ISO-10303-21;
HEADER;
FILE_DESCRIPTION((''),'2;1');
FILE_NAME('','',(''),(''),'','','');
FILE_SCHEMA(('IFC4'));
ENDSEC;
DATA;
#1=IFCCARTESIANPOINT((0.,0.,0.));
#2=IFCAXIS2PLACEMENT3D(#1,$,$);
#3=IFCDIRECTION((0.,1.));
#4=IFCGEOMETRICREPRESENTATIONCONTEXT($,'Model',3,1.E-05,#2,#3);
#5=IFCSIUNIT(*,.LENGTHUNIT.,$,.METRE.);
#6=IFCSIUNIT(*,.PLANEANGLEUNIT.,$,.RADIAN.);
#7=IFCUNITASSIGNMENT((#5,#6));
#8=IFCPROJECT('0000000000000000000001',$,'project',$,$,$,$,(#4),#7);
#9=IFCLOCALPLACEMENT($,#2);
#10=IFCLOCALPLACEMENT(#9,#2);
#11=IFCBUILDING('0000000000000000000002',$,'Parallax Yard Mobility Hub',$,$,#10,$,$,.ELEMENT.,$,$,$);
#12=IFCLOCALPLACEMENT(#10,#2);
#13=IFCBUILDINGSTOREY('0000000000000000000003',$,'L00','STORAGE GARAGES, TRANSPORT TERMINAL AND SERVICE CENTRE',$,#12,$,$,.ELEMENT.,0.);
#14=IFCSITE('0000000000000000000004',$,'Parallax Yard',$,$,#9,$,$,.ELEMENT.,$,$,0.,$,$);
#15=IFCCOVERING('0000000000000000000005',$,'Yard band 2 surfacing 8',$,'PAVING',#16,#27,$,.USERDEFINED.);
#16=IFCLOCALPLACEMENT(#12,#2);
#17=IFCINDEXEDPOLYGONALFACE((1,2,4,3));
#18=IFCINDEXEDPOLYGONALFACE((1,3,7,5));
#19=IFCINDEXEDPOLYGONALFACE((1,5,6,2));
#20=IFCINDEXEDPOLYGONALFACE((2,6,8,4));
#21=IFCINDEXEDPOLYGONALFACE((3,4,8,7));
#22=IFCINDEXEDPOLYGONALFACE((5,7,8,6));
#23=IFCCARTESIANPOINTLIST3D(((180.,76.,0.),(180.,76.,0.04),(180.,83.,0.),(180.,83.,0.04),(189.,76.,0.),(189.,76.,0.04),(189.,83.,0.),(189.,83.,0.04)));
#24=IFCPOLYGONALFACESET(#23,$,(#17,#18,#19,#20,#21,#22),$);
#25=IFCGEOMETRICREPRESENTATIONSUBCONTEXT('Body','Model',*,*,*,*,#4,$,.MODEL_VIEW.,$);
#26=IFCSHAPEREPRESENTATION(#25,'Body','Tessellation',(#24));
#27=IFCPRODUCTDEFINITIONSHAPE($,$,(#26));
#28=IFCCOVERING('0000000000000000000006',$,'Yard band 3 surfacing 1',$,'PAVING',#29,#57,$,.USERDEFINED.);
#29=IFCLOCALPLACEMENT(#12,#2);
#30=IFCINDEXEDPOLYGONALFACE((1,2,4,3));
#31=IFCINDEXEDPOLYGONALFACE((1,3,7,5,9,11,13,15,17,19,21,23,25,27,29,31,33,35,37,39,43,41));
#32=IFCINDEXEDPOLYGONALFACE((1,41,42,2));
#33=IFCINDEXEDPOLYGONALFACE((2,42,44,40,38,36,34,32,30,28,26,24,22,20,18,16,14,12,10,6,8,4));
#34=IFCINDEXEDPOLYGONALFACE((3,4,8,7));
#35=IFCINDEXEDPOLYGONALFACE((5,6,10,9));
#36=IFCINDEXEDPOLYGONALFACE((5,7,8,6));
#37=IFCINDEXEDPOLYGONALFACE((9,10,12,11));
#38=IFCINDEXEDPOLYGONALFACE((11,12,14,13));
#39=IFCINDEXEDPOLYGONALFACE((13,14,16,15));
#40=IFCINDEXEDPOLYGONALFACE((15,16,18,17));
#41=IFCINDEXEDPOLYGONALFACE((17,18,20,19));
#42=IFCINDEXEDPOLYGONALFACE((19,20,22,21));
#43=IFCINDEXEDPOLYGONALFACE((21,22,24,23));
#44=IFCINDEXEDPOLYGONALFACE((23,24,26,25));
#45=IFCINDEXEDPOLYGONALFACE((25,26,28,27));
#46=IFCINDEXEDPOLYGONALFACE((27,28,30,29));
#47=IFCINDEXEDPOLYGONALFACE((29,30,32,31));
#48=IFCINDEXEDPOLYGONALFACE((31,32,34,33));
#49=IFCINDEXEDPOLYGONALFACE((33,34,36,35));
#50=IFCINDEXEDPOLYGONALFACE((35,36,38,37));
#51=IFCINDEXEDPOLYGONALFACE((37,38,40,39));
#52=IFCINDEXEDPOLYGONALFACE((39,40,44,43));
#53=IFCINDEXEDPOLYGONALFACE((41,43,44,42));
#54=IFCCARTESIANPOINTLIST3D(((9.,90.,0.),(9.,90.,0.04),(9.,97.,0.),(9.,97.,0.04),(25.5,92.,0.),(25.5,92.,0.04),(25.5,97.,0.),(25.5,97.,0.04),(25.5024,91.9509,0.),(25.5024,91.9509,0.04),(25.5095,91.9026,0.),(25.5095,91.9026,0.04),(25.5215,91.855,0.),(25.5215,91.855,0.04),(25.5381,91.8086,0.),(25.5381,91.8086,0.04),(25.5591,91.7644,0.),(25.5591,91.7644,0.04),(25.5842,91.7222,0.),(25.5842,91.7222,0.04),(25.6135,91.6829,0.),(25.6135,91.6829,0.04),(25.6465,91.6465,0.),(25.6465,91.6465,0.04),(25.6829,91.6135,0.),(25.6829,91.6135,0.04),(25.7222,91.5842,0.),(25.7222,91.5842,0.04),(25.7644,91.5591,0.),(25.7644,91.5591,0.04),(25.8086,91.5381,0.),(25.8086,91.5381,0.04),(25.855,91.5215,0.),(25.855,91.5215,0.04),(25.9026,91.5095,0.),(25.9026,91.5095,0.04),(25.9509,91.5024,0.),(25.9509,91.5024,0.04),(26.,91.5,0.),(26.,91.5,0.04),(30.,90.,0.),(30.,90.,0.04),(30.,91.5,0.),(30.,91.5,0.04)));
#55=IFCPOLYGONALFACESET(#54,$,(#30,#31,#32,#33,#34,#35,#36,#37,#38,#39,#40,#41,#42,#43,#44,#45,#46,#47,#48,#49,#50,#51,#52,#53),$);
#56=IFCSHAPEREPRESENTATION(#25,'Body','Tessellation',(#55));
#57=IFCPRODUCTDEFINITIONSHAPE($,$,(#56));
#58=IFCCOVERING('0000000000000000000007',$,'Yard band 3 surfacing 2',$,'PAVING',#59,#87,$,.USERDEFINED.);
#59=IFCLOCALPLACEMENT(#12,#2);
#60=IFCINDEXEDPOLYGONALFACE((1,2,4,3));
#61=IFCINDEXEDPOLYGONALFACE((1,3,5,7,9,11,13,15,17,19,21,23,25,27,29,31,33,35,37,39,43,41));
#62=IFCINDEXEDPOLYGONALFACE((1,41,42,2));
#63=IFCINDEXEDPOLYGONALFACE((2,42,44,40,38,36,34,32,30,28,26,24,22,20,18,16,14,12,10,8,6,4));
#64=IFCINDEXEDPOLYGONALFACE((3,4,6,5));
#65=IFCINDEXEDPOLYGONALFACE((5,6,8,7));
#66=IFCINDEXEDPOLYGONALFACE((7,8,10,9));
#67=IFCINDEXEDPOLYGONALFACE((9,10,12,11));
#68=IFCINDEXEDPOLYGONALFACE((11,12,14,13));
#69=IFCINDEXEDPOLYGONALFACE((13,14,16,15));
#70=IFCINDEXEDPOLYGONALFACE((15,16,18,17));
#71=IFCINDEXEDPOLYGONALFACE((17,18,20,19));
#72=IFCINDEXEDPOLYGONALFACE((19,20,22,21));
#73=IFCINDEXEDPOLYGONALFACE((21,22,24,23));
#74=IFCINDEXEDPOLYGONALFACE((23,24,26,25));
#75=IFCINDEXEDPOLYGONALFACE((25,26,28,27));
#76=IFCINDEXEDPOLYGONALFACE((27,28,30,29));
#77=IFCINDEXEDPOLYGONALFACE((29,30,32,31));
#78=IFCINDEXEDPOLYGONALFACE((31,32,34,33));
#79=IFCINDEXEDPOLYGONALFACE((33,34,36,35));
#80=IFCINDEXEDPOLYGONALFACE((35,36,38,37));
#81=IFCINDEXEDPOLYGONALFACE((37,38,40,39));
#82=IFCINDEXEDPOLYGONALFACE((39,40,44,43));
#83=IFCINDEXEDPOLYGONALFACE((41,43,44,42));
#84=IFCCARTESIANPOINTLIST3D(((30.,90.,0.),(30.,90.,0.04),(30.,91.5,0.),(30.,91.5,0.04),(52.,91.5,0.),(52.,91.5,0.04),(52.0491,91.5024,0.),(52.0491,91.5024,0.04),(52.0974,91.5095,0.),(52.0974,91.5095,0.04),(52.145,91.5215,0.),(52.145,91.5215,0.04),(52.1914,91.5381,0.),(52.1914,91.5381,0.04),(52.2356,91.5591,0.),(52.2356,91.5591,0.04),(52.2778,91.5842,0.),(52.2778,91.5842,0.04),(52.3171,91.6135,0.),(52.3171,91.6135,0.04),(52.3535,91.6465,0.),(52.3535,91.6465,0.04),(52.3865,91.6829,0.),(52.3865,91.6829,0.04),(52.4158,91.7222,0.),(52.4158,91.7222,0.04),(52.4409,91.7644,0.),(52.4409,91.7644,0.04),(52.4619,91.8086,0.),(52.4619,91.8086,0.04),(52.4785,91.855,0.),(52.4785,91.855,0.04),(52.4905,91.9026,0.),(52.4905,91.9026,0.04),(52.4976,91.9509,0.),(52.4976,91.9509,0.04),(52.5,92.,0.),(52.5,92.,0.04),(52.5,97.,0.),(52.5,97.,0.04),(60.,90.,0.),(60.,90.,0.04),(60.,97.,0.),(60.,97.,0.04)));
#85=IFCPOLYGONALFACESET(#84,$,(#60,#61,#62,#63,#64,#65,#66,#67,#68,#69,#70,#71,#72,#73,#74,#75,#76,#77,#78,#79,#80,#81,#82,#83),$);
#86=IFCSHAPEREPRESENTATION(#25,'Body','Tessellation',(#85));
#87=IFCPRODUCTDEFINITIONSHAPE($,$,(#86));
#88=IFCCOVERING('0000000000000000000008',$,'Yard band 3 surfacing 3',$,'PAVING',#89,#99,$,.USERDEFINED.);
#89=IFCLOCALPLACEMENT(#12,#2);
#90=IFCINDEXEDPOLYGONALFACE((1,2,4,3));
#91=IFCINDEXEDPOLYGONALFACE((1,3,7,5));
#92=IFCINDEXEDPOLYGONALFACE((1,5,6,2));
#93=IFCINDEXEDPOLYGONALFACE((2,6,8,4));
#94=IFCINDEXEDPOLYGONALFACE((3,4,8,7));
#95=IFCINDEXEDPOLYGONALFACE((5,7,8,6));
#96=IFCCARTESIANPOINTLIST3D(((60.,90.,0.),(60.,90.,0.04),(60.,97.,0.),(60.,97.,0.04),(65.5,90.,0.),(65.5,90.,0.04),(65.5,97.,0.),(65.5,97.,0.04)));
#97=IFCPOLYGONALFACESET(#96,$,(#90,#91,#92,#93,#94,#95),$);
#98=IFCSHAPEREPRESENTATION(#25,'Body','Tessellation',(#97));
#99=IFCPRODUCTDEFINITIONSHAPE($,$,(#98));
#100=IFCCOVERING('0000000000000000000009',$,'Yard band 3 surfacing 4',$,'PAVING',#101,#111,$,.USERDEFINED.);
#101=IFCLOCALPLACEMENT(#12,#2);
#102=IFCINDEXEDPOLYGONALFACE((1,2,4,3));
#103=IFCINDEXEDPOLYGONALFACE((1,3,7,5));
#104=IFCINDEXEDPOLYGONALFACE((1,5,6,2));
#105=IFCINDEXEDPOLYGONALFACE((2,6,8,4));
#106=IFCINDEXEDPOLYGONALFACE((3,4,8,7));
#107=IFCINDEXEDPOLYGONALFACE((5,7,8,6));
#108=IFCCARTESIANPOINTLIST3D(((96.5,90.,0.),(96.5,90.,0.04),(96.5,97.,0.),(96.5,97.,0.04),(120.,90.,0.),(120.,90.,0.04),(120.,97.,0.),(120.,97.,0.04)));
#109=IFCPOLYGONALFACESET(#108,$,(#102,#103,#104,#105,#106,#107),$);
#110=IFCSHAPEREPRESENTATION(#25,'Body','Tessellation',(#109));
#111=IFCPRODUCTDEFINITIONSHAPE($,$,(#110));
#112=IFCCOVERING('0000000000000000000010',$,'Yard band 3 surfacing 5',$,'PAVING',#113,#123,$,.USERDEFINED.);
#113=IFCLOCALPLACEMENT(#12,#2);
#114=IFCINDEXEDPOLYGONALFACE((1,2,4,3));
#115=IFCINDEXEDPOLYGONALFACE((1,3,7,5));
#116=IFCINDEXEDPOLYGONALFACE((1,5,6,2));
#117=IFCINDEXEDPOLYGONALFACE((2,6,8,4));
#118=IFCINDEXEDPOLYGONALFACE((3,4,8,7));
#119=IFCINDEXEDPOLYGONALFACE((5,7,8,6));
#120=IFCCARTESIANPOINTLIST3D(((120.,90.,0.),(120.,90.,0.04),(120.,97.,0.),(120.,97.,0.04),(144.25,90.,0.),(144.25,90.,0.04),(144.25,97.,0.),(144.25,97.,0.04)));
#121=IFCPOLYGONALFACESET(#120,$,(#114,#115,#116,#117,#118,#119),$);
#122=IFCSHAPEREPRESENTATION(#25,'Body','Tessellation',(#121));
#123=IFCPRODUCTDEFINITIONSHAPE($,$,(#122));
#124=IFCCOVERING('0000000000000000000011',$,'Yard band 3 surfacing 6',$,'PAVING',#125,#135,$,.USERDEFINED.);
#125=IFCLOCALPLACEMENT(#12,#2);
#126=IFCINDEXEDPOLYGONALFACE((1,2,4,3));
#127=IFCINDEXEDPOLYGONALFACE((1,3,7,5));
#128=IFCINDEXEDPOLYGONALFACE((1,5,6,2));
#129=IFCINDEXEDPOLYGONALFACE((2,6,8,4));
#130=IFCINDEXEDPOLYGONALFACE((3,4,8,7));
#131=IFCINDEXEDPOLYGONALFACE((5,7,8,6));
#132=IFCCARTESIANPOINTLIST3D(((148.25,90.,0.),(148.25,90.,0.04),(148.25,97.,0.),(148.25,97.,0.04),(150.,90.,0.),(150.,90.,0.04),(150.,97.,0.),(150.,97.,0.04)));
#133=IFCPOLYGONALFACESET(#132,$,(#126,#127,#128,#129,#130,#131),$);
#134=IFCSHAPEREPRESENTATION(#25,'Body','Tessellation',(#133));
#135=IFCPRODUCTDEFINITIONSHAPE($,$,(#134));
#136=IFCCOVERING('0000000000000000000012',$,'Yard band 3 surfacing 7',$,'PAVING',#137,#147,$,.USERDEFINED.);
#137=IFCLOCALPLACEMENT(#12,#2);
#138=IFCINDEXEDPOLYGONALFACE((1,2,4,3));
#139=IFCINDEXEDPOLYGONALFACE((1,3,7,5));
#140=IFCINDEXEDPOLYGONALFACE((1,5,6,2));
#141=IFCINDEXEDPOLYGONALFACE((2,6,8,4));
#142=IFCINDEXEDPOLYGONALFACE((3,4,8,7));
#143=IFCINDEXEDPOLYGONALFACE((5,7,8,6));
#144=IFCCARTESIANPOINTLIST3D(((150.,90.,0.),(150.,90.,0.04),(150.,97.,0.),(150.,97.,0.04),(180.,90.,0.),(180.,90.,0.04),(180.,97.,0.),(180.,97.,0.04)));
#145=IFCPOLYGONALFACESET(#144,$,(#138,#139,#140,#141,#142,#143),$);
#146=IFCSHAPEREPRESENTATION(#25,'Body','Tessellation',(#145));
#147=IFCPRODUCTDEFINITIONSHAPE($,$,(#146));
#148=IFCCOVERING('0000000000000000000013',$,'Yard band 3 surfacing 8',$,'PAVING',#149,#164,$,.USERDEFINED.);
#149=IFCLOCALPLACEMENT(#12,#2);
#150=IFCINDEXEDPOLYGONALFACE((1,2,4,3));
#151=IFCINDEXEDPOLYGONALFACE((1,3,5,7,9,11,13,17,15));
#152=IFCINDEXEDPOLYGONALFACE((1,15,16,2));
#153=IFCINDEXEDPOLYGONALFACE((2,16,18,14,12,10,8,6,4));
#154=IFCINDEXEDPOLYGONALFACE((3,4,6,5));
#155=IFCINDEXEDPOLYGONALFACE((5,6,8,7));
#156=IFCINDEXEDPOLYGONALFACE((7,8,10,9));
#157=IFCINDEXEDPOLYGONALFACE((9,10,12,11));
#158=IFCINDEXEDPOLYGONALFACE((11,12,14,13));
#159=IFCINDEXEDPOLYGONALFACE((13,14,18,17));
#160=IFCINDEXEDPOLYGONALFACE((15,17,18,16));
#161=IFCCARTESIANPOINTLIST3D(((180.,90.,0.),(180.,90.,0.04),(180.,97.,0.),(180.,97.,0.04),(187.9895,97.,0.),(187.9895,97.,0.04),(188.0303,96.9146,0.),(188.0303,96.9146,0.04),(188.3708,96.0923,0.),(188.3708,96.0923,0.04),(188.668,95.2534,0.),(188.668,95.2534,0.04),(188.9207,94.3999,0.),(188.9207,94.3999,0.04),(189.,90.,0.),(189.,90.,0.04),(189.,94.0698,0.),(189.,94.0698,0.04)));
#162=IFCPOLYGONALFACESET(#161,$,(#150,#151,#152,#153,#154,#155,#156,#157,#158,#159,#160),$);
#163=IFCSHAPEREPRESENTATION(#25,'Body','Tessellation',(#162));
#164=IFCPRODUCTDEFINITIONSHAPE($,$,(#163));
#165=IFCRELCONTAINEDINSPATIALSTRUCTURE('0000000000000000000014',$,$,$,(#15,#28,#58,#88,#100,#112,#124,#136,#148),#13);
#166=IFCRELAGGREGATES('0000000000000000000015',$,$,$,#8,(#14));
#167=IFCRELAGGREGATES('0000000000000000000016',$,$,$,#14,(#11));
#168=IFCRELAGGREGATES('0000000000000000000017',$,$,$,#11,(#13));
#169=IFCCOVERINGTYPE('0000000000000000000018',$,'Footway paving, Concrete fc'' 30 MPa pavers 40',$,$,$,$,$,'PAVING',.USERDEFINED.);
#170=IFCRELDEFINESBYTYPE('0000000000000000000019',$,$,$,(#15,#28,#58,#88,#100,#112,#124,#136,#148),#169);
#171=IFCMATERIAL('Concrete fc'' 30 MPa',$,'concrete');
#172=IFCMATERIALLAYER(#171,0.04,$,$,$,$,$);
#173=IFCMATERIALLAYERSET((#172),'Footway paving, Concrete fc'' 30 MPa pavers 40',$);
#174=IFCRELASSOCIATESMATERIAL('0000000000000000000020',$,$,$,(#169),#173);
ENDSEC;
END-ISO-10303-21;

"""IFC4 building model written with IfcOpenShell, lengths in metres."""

from ifc_helpers import new_model, si_unit, direction, origin, place, context, subcontext, project, spatial, polyline, outline, extrude, material, layer, layer_set, type_object, element, save


model = new_model("IFC4")

# Units and contexts
model_context = context("Model", 3, precision=1e-05, world=origin(), true_north=direction((0.0, 1.0)))
body_context = subcontext(model_context, "Body", "Model", "MODEL_VIEW")
ifc_project = project(units=[si_unit("LENGTHUNIT", "METRE"), si_unit("PLANEANGLEUNIT", "RADIAN")], contexts=[model_context])

# Site, building, storey
site_placement = place(None, origin())
site = spatial("IfcSite", under=ifc_project, at=site_placement, Name="Parallax Yard", CompositionType="ELEMENT", RefElevation=0.0)
building_placement = place(site_placement, origin())
building = spatial("IfcBuilding", under=site, at=building_placement, Name="Parallax Yard Mobility Hub", CompositionType="ELEMENT")
storey_placement = place(building_placement, origin())
storey = spatial("IfcBuildingStorey", under=building, at=storey_placement, Name="L00", Description="STORAGE GARAGES, TRANSPORT TERMINAL AND SERVICE CENTRE", CompositionType="ELEMENT", Elevation=0.0)

# Coverings
ifc_material = material(Name="Concrete fc' 30 MPa", Category="concrete")
ifc_layer = layer(ifc_material, 0.04)
ifc_layer_set = layer_set([ifc_layer], Name="Footway paving, Concrete fc' 30 MPa pavers 40")
covering_type = type_object("IfcCoveringType", Name="Footway paving, Concrete fc' 30 MPa pavers 40", ElementType="PAVING", PredefinedType="USERDEFINED", material=ifc_layer_set)
covering_1_placement = place(storey_placement, origin())
element("IfcCovering", 1, at=covering_1_placement, inside=storey, type_object=covering_type, Name="Yard band 2 surfacing 8", ObjectType="PAVING", PredefinedType="USERDEFINED", context=body_context, shape_type="SweptSolid", body=[
    extrude(outline(polyline([(189.0, 76.0), (180.0, 76.0), (180.0, 83.0), (189.0, 83.0), (189.0, 76.0)])), origin(), (0.0, 0.0, 1.0), 0.04),
])
covering_2_placement = place(storey_placement, origin())
element("IfcCovering", 2, at=covering_2_placement, inside=storey, type_object=covering_type, Name="Yard band 3 surfacing 1", ObjectType="PAVING", PredefinedType="USERDEFINED", context=body_context, shape_type="SweptSolid", body=[
    extrude(outline(polyline([(9.0, 90.0), (9.0, 97.0), (25.5, 97.0), (25.5, 92.0), (25.5024, 91.9509), (25.5095, 91.9026), (25.5215, 91.855), (25.5381, 91.8086), (25.5591, 91.7644), (25.5842, 91.7222), (25.6135, 91.6829), (25.6465, 91.6465), (25.6829, 91.6135), (25.7222, 91.5842), (25.7644, 91.5591), (25.8086, 91.5381), (25.855, 91.5215), (25.9026, 91.5095), (25.9509, 91.5024), (26.0, 91.5), (30.0, 91.5), (30.0, 90.0), (9.0, 90.0)])), origin(), (0.0, 0.0, 1.0), 0.04),
])
covering_3_placement = place(storey_placement, origin())
element("IfcCovering", 3, at=covering_3_placement, inside=storey, type_object=covering_type, Name="Yard band 3 surfacing 2", ObjectType="PAVING", PredefinedType="USERDEFINED", context=body_context, shape_type="SweptSolid", body=[
    extrude(outline(polyline([(30.0, 90.0), (30.0, 91.5), (52.0, 91.5), (52.0491, 91.5024), (52.0974, 91.5095), (52.145, 91.5215), (52.1914, 91.5381), (52.2356, 91.5591), (52.2778, 91.5842), (52.3171, 91.6135), (52.3535, 91.6465), (52.3865, 91.6829), (52.4158, 91.7222), (52.4409, 91.7644), (52.4619, 91.8086), (52.4785, 91.855), (52.4905, 91.9026), (52.4976, 91.9509), (52.5, 92.0), (52.5, 97.0), (60.0, 97.0), (60.0, 90.0), (30.0, 90.0)])), origin(), (0.0, 0.0, 1.0), 0.04),
])
covering_4_placement = place(storey_placement, origin())
element("IfcCovering", 4, at=covering_4_placement, inside=storey, type_object=covering_type, Name="Yard band 3 surfacing 3", ObjectType="PAVING", PredefinedType="USERDEFINED", context=body_context, shape_type="SweptSolid", body=[
    extrude(outline(polyline([(60.0, 90.0), (60.0, 97.0), (65.5, 97.0), (65.5, 90.0), (60.0, 90.0)])), origin(), (0.0, 0.0, 1.0), 0.04),
])
covering_5_placement = place(storey_placement, origin())
element("IfcCovering", 5, at=covering_5_placement, inside=storey, type_object=covering_type, Name="Yard band 3 surfacing 4", ObjectType="PAVING", PredefinedType="USERDEFINED", context=body_context, shape_type="SweptSolid", body=[
    extrude(outline(polyline([(96.5, 97.0), (120.0, 97.0), (120.0, 90.0), (96.5, 90.0), (96.5, 97.0)])), origin(), (0.0, 0.0, 1.0), 0.04),
])
covering_6_placement = place(storey_placement, origin())
element("IfcCovering", 6, at=covering_6_placement, inside=storey, type_object=covering_type, Name="Yard band 3 surfacing 5", ObjectType="PAVING", PredefinedType="USERDEFINED", context=body_context, shape_type="SweptSolid", body=[
    extrude(outline(polyline([(144.25, 97.0), (144.25, 90.0), (120.0, 90.0), (120.0, 97.0), (144.25, 97.0)])), origin(), (0.0, 0.0, 1.0), 0.04),
])
covering_7_placement = place(storey_placement, origin())
element("IfcCovering", 7, at=covering_7_placement, inside=storey, type_object=covering_type, Name="Yard band 3 surfacing 6", ObjectType="PAVING", PredefinedType="USERDEFINED", context=body_context, shape_type="SweptSolid", body=[
    extrude(outline(polyline([(148.25, 90.0), (148.25, 97.0), (150.0, 97.0), (150.0, 90.0), (148.25, 90.0)])), origin(), (0.0, 0.0, 1.0), 0.04),
])
covering_8_placement = place(storey_placement, origin())
element("IfcCovering", 8, at=covering_8_placement, inside=storey, type_object=covering_type, Name="Yard band 3 surfacing 7", ObjectType="PAVING", PredefinedType="USERDEFINED", context=body_context, shape_type="SweptSolid", body=[
    extrude(outline(polyline([(150.0, 90.0), (150.0, 97.0), (180.0, 97.0), (180.0, 90.0), (150.0, 90.0)])), origin(), (0.0, 0.0, 1.0), 0.04),
])
covering_9_placement = place(storey_placement, origin())
element("IfcCovering", 9, at=covering_9_placement, inside=storey, type_object=covering_type, Name="Yard band 3 surfacing 8", ObjectType="PAVING", PredefinedType="USERDEFINED", context=body_context, shape_type="SweptSolid", body=[
    extrude(outline(polyline([(180.0, 90.0), (180.0, 97.0), (187.9895, 97.0), (188.0303, 96.9146), (188.3708, 96.0923), (188.668, 95.2534), (188.9207, 94.3999), (189.0, 94.0698), (189.0, 90.0), (180.0, 90.0)])), origin(), (0.0, 0.0, 1.0), 0.04),
])

save(model, "model.ifc")
